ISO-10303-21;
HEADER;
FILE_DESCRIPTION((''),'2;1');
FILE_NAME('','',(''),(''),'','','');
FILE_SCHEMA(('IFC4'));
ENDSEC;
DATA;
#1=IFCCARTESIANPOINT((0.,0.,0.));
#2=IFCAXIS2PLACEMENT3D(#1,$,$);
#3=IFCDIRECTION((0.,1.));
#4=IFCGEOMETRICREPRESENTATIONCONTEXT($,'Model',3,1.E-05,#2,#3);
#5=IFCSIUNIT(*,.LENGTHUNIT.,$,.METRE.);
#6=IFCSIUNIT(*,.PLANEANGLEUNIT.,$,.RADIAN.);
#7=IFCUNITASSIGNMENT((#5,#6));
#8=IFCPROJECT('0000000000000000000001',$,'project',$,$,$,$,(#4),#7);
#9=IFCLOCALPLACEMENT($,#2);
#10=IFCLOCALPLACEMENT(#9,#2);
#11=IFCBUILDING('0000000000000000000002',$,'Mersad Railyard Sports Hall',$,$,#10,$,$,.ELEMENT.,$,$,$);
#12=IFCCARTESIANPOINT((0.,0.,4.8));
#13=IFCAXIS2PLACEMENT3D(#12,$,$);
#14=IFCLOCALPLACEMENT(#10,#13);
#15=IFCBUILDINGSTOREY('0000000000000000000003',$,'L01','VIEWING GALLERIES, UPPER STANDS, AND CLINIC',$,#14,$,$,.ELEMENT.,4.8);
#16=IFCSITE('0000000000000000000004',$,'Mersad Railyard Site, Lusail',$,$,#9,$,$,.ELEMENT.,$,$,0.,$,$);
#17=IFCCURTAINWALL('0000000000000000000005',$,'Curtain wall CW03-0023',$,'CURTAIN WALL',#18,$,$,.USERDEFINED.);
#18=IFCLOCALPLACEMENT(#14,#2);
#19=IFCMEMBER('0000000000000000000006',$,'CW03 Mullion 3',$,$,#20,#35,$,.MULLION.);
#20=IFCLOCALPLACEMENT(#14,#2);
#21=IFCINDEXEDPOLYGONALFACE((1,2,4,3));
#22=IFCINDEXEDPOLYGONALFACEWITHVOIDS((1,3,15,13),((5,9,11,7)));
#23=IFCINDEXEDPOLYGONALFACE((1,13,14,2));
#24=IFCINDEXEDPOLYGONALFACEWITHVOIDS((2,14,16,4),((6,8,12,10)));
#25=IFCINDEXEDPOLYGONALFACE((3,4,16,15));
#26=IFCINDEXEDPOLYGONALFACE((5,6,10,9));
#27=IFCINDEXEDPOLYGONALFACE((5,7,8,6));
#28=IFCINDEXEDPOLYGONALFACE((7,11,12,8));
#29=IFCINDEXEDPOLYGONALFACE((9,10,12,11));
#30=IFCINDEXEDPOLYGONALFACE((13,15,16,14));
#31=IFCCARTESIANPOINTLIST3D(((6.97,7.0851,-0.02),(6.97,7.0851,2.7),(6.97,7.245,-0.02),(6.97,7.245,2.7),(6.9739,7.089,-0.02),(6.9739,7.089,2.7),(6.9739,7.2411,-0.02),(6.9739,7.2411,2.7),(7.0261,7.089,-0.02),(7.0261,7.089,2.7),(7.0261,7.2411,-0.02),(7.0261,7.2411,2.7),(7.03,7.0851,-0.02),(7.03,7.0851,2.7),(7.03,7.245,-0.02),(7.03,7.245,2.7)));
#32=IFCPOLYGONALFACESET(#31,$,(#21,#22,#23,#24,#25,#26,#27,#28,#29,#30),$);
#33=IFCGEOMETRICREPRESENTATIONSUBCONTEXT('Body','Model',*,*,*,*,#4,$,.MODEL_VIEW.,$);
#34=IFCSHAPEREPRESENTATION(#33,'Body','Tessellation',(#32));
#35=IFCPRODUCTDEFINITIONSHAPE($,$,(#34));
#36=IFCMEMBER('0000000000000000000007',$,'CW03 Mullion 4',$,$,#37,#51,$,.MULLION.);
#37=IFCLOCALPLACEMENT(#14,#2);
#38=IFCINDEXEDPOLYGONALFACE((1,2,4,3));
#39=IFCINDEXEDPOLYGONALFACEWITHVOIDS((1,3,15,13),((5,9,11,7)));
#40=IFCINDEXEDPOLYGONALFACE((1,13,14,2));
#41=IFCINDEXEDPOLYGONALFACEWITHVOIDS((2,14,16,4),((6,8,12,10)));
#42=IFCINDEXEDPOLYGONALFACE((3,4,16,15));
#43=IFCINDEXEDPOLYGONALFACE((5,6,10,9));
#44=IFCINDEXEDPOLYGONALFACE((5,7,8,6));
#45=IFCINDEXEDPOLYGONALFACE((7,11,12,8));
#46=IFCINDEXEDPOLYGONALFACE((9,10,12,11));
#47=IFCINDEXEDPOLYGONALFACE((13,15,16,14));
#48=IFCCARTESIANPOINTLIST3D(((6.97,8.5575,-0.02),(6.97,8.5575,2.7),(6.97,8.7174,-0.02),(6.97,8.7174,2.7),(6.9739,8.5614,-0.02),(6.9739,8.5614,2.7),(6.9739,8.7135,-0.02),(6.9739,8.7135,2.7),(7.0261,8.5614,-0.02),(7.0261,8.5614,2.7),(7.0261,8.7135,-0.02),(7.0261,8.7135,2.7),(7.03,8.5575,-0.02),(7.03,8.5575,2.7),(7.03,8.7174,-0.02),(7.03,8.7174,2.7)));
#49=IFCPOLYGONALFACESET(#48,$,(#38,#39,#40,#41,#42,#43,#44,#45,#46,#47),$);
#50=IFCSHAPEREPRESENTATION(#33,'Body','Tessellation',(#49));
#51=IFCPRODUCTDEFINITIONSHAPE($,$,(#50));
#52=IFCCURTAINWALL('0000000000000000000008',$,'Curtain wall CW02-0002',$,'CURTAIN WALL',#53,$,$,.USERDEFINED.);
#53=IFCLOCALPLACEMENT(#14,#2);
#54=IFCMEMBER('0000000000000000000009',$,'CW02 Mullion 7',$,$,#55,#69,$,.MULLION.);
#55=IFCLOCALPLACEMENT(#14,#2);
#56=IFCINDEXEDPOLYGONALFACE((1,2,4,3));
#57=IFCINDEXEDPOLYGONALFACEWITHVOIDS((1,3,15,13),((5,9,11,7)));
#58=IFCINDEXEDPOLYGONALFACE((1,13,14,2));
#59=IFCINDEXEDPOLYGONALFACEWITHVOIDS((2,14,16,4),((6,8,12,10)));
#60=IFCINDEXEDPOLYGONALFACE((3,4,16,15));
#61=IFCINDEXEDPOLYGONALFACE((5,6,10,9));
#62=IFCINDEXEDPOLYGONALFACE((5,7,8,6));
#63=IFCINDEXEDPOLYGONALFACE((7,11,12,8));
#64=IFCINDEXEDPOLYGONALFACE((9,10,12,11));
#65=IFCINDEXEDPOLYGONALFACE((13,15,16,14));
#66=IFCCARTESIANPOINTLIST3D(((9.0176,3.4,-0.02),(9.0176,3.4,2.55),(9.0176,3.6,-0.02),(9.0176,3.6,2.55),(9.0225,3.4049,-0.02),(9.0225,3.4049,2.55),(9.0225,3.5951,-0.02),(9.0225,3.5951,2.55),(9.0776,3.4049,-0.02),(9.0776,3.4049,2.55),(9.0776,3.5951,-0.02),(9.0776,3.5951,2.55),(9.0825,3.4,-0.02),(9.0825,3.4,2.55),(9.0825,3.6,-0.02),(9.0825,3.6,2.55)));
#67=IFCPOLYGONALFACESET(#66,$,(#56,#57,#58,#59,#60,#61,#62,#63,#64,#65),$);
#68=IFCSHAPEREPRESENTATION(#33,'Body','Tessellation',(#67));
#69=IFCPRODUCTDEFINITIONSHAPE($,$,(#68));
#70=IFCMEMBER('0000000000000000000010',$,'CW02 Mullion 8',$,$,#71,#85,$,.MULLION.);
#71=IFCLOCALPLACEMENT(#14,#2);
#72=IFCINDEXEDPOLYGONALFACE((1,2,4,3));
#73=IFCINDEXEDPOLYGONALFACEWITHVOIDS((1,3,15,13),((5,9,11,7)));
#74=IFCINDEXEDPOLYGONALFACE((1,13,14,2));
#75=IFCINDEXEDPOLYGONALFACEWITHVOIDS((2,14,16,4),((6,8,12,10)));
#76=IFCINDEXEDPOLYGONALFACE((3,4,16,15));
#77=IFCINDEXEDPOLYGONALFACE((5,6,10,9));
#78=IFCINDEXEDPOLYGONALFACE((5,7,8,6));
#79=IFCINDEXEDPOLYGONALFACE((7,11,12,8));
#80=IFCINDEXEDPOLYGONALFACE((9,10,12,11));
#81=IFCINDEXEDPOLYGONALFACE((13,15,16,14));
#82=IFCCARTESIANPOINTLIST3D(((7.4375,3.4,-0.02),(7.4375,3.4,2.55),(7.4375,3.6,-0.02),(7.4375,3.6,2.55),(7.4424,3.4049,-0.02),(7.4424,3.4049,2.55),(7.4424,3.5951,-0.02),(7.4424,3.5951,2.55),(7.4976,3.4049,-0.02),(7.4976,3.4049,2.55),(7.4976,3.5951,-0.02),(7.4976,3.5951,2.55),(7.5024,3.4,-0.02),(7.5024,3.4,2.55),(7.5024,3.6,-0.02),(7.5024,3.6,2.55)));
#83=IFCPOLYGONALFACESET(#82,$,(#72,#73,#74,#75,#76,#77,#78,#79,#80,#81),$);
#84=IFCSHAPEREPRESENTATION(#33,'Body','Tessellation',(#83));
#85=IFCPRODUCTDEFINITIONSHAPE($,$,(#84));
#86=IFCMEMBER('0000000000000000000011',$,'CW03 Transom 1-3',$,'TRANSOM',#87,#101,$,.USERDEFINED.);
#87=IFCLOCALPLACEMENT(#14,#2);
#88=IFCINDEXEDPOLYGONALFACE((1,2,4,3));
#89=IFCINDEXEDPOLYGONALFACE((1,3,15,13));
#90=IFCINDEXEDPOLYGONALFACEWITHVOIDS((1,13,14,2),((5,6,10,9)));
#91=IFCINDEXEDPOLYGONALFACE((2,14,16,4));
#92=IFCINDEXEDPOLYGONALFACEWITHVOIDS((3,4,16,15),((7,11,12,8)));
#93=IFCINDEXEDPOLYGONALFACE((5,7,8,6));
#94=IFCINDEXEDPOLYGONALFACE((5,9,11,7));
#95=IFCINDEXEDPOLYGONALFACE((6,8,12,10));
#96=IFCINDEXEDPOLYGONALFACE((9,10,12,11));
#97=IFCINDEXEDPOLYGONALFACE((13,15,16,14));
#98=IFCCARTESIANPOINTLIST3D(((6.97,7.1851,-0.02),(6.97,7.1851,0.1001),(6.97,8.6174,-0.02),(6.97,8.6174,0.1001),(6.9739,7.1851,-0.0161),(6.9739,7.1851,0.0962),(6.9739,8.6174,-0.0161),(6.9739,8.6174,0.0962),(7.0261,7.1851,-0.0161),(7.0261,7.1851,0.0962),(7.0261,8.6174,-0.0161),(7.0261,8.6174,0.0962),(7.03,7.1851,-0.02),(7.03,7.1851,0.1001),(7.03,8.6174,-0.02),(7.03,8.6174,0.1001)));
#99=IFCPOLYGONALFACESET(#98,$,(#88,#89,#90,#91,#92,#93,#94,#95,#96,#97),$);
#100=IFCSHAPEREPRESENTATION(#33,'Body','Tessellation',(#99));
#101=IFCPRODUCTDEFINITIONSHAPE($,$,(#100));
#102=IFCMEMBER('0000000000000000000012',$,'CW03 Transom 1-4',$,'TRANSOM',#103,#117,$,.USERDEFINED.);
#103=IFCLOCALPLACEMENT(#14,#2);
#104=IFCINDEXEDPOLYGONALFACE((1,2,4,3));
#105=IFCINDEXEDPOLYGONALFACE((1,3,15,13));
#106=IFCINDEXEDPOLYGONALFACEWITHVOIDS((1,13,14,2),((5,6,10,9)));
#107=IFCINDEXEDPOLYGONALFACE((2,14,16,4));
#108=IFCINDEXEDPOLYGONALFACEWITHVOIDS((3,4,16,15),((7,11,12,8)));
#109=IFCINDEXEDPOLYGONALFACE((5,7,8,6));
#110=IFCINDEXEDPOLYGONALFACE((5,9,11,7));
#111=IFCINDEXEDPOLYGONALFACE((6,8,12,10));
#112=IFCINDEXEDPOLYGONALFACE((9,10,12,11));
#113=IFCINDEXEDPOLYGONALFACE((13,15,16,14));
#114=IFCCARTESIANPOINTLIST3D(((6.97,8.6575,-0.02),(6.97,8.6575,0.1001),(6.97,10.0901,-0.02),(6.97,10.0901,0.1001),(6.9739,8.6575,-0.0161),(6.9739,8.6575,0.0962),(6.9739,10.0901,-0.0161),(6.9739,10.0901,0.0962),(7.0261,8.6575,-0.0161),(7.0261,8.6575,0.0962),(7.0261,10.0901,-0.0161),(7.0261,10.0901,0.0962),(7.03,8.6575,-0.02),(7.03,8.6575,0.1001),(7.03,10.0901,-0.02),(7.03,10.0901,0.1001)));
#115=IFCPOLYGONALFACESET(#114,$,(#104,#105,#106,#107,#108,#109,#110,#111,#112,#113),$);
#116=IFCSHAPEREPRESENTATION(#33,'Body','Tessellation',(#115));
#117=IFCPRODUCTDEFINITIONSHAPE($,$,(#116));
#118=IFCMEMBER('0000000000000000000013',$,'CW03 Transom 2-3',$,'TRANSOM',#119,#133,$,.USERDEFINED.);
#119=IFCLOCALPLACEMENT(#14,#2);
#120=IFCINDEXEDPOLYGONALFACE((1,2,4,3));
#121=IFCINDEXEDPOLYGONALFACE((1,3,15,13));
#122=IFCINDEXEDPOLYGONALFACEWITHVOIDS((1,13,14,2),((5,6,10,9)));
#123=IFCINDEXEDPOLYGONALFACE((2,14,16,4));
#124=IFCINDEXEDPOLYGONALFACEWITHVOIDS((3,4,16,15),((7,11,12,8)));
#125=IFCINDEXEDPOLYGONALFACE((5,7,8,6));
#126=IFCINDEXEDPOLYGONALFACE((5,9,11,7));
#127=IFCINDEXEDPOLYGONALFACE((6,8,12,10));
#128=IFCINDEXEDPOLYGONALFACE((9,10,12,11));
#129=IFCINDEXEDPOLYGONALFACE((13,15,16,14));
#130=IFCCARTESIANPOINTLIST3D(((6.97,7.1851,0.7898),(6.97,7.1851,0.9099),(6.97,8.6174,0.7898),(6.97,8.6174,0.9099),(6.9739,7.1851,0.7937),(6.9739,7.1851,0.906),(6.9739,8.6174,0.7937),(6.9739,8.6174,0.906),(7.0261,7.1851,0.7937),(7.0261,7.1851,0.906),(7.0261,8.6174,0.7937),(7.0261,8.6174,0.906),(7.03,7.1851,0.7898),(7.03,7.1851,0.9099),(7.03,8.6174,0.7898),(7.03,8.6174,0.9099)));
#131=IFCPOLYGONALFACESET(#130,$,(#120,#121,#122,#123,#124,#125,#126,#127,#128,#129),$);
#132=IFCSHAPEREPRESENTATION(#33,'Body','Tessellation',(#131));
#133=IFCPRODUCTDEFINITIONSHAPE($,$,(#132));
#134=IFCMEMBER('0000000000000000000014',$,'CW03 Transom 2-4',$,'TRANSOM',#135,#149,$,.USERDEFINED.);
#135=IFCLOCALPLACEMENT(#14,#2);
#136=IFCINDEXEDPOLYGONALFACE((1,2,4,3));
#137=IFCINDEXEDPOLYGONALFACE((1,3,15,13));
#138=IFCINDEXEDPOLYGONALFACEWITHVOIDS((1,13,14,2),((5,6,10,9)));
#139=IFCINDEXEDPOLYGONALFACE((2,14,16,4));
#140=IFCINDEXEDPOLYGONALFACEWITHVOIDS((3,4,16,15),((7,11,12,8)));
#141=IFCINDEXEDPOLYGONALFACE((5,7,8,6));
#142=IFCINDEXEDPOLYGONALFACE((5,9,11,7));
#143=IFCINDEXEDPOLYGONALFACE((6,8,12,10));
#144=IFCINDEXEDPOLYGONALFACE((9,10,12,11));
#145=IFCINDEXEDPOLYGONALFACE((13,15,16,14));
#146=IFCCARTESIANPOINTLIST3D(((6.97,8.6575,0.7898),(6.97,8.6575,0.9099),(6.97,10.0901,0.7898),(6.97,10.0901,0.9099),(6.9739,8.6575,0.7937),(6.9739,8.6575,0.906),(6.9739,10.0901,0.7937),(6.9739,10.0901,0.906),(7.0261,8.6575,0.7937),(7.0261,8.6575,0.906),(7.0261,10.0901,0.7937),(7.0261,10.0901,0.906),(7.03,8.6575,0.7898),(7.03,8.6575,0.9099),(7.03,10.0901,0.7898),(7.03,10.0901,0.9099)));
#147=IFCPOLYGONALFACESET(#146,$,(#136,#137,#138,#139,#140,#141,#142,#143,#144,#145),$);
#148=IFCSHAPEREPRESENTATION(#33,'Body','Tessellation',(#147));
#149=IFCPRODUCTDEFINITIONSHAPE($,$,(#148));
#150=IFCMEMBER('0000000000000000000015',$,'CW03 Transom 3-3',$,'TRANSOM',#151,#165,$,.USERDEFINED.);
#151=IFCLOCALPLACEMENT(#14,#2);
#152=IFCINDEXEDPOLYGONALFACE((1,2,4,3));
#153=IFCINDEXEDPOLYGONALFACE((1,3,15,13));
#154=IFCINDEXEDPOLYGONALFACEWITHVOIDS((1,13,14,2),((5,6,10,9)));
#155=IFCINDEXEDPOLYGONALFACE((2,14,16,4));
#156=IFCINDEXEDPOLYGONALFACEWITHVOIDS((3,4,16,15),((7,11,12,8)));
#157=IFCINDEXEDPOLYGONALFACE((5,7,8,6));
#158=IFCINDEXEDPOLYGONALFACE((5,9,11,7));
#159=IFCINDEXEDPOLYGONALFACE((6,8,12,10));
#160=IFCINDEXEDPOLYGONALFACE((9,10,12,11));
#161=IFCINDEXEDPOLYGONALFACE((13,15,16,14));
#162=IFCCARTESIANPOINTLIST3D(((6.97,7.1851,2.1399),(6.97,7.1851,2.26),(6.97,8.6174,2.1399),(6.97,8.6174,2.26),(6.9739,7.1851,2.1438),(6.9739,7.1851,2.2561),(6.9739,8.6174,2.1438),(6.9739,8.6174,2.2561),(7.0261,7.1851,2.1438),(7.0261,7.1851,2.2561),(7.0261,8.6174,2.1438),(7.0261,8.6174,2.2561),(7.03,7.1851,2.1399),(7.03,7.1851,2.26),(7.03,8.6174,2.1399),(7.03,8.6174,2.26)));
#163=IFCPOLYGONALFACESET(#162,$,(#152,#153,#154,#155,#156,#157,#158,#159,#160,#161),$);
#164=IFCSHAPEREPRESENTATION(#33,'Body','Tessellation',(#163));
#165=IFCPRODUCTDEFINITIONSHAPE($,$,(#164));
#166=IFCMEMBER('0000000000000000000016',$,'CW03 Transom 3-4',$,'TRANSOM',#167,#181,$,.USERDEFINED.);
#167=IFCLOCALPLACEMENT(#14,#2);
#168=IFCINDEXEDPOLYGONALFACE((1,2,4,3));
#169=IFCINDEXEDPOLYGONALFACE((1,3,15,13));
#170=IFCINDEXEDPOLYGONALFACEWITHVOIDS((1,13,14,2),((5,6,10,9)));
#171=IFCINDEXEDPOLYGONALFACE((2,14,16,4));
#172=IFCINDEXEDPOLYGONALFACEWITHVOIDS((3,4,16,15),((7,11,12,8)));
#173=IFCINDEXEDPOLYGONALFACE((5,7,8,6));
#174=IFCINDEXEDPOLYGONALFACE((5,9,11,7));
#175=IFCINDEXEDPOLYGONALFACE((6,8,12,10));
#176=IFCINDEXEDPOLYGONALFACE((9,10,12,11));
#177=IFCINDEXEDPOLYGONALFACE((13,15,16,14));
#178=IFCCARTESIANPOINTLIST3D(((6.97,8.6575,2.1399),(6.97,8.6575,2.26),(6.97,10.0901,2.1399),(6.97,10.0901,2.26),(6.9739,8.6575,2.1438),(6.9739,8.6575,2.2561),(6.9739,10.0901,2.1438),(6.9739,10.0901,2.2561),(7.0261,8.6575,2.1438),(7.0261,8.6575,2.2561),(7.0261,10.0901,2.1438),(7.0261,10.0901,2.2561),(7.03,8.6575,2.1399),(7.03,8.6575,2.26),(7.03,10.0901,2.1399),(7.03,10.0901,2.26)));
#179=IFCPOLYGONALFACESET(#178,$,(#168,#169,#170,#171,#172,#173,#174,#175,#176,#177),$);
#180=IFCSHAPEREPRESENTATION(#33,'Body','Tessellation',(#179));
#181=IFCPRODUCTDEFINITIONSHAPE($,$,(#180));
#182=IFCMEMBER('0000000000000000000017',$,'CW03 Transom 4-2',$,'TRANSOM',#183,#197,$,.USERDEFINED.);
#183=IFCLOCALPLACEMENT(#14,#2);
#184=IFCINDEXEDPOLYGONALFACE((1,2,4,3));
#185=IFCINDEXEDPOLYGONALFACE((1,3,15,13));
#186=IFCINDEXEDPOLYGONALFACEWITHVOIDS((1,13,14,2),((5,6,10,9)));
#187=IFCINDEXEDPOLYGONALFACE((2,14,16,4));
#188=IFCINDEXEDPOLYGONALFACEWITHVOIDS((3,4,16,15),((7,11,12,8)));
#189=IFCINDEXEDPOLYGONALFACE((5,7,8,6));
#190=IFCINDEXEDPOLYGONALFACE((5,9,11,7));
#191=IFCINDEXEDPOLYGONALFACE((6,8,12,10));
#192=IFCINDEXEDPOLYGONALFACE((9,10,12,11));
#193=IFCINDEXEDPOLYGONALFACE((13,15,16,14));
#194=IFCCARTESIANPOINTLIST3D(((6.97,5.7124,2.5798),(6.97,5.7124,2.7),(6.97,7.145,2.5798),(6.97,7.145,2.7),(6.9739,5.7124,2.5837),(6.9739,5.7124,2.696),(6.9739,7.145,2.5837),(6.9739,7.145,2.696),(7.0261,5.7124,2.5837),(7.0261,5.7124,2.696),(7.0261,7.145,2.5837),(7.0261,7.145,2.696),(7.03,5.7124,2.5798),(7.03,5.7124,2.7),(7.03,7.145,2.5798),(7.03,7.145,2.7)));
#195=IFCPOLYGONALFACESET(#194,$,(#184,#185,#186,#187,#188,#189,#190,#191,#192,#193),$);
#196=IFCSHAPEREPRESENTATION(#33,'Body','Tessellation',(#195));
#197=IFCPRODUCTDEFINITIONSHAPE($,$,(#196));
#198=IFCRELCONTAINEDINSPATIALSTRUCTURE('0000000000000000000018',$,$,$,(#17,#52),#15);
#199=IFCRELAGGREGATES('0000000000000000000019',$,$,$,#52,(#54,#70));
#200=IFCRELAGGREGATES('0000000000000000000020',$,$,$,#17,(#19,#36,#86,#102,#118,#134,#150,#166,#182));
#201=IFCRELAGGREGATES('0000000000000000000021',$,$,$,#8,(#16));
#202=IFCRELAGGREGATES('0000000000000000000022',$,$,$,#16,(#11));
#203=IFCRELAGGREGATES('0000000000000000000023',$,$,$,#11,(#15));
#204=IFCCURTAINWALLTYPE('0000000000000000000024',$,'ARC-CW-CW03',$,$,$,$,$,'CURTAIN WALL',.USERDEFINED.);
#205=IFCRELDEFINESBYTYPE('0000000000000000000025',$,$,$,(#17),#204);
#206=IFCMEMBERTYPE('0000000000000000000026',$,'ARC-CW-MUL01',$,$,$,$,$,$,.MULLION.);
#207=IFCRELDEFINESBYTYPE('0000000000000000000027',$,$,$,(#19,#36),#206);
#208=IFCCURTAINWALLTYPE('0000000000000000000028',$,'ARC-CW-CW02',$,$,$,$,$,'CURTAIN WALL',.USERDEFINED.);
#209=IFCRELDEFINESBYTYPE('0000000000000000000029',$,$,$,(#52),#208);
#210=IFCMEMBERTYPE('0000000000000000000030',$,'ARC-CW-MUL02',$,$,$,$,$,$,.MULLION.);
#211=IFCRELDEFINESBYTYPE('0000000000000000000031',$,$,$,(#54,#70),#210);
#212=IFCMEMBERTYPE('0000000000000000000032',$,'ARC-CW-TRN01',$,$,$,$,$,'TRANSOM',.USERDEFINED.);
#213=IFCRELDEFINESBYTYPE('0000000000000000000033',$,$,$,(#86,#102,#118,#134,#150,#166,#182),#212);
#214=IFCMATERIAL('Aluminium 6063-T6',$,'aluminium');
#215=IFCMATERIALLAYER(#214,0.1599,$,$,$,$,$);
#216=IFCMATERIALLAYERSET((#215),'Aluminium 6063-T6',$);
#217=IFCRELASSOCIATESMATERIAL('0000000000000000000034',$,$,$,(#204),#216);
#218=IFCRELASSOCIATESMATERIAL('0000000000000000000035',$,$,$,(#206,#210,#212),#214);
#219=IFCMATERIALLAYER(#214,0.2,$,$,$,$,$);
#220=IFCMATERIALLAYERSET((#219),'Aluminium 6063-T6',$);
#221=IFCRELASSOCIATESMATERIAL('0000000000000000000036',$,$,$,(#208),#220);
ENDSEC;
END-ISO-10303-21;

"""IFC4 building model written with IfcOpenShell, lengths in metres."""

from ifc_helpers import new_model, si_unit, direction, frame, origin, origin_2d, place, context, subcontext, project, spatial, hollow_rectangle, extrude, material, layer, layer_set, material_profile, profile_set, type_object, element, aggregate, save


model = new_model("IFC4")

# Units and contexts
model_context = context("Model", 3, precision=1e-05, world=origin(), true_north=direction((0.0, 1.0)))
body_context = subcontext(model_context, "Body", "Model", "MODEL_VIEW")
ifc_project = project(units=[si_unit("LENGTHUNIT", "METRE"), si_unit("PLANEANGLEUNIT", "RADIAN")], contexts=[model_context])

# Site, building, storey
site_placement = place(None, origin())
site = spatial("IfcSite", under=ifc_project, at=site_placement, Name="Mersad Railyard Site, Lusail", CompositionType="ELEMENT", RefElevation=0.0)
building_placement = place(site_placement, origin())
building = spatial("IfcBuilding", under=site, at=building_placement, Name="Mersad Railyard Sports Hall", CompositionType="ELEMENT")
storey_placement = place(building_placement, frame((0.0, 0.0, 4.8)))
storey = spatial("IfcBuildingStorey", under=building, at=storey_placement, Name="L01", Description="VIEWING GALLERIES, UPPER STANDS, AND CLINIC", CompositionType="ELEMENT", Elevation=4.8)

# Curtain walls, members
ifc_material_1 = material(Name="Aluminium 6063-T6", Category="aluminium")
ifc_layer_1 = layer(ifc_material_1, 0.1599)
ifc_layer_set_1 = layer_set([ifc_layer_1], Name="Aluminium 6063-T6")
curtain_wall_type_1 = type_object("IfcCurtainWallType", Name="ARC-CW-CW03", ElementType="CURTAIN WALL", PredefinedType="USERDEFINED", material=ifc_layer_set_1)
curtain_wall_1_placement = place(storey_placement, origin())
curtain_wall_1 = element("IfcCurtainWall", 1, at=curtain_wall_1_placement, inside=storey, type_object=curtain_wall_type_1, Name="Curtain wall CW03-0023", ObjectType="CURTAIN WALL", PredefinedType="USERDEFINED")
ifc_material_profile_1 = material_profile(ifc_material_1, hollow_rectangle(XDim=0.0601, YDim=0.1599, WallThickness=0.0039, at=origin_2d()), Name="AL MULLION 60x160x4")
ifc_profile_set_1 = profile_set([ifc_material_profile_1], Name="Aluminium 6063-T6")
member_type_1 = type_object("IfcMemberType", Name="ARC-CW-MUL01", PredefinedType="MULLION", material=ifc_profile_set_1)
member_1_placement = place(storey_placement, frame((7.0, 7.165, -0.02), z_axis=(0.0, 0.0, 1.0), x_axis=(1.0, 0.0, 0.0)))
member_1 = element("IfcMember", 2, at=member_1_placement, type_object=member_type_1, Name="CW03 Mullion 3", PredefinedType="MULLION", context=body_context, shape_type="SweptSolid", body=[
    extrude(hollow_rectangle(XDim=0.0601, YDim=0.1599, WallThickness=0.0039, at=origin_2d()), origin(), (0.0, 0.0, 1.0), 2.72),
])
member_2_placement = place(storey_placement, frame((7.0, 8.6375, -0.02), z_axis=(0.0, 0.0, 1.0), x_axis=(1.0, 0.0, 0.0)))
member_2 = element("IfcMember", 3, at=member_2_placement, type_object=member_type_1, Name="CW03 Mullion 4", PredefinedType="MULLION", context=body_context, shape_type="SweptSolid", body=[
    extrude(hollow_rectangle(XDim=0.0601, YDim=0.1599, WallThickness=0.0039, at=origin_2d()), origin(), (0.0, 0.0, 1.0), 2.72),
])
ifc_layer_2 = layer(ifc_material_1, 0.2)
ifc_layer_set_2 = layer_set([ifc_layer_2], Name="Aluminium 6063-T6")
curtain_wall_type_2 = type_object("IfcCurtainWallType", Name="ARC-CW-CW02", ElementType="CURTAIN WALL", PredefinedType="USERDEFINED", material=ifc_layer_set_2)
curtain_wall_2_placement = place(storey_placement, origin())
curtain_wall_2 = element("IfcCurtainWall", 4, at=curtain_wall_2_placement, inside=storey, type_object=curtain_wall_type_2, Name="Curtain wall CW02-0002", ObjectType="CURTAIN WALL", PredefinedType="USERDEFINED")
ifc_material_profile_2 = material_profile(ifc_material_1, hollow_rectangle(XDim=0.0649, YDim=0.2, WallThickness=0.0049, at=origin_2d()), Name="AL MULLION 65x200x5")
ifc_profile_set_2 = profile_set([ifc_material_profile_2], Name="Aluminium 6063-T6")
member_type_2 = type_object("IfcMemberType", Name="ARC-CW-MUL02", PredefinedType="MULLION", material=ifc_profile_set_2)
member_3_placement = place(storey_placement, frame((9.05, 3.5, -0.02), z_axis=(0.0, 0.0, 1.0), x_axis=(1.0, 0.0, 0.0)))
member_3 = element("IfcMember", 5, at=member_3_placement, type_object=member_type_2, Name="CW02 Mullion 7", PredefinedType="MULLION", context=body_context, shape_type="SweptSolid", body=[
    extrude(hollow_rectangle(XDim=0.0649, YDim=0.2, WallThickness=0.0049, at=origin_2d()), origin(), (0.0, 0.0, 1.0), 2.5701),
])
member_4_placement = place(storey_placement, frame((7.47, 3.5, -0.02), z_axis=(0.0, 0.0, 1.0), x_axis=(1.0, 0.0, 0.0)))
member_4 = element("IfcMember", 6, at=member_4_placement, type_object=member_type_2, Name="CW02 Mullion 8", PredefinedType="MULLION", context=body_context, shape_type="SweptSolid", body=[
    extrude(hollow_rectangle(XDim=0.0649, YDim=0.2, WallThickness=0.0049, at=origin_2d()), origin(), (0.0, 0.0, 1.0), 2.5701),
])

# Members
ifc_material_profile_3 = material_profile(ifc_material_1, hollow_rectangle(XDim=0.0601, YDim=0.1201, WallThickness=0.0039, at=origin_2d()), Name="AL TRANSOM 60x120x4")
ifc_profile_set_3 = profile_set([ifc_material_profile_3], Name="Aluminium 6063-T6")
member_type_3 = type_object("IfcMemberType", Name="ARC-CW-TRN01", ElementType="TRANSOM", PredefinedType="USERDEFINED", material=ifc_profile_set_3)
member_5_placement = place(storey_placement, frame((7.0, 7.1851, 0.04), z_axis=(0.0, 1.0, 0.0), x_axis=(-1.0, 0.0, 0.0)))
member_5 = element("IfcMember", 7, at=member_5_placement, type_object=member_type_3, Name="CW03 Transom 1-3", ObjectType="TRANSOM", PredefinedType="USERDEFINED", context=body_context, shape_type="SweptSolid", body=[
    extrude(hollow_rectangle(XDim=0.0601, YDim=0.1201, WallThickness=0.0039, at=origin_2d()), origin(), (0.0, 0.0, 1.0), 1.4324),
])
member_6_placement = place(storey_placement, frame((7.0, 8.6575, 0.04), z_axis=(0.0, 1.0, 0.0), x_axis=(-1.0, 0.0, 0.0)))
member_6 = element("IfcMember", 8, at=member_6_placement, type_object=member_type_3, Name="CW03 Transom 1-4", ObjectType="TRANSOM", PredefinedType="USERDEFINED", context=body_context, shape_type="SweptSolid", body=[
    extrude(hollow_rectangle(XDim=0.0601, YDim=0.1201, WallThickness=0.0039, at=origin_2d()), origin(), (0.0, 0.0, 1.0), 1.4326),
])
member_7_placement = place(storey_placement, frame((7.0, 7.1851, 0.8499), z_axis=(0.0, 1.0, 0.0), x_axis=(-1.0, 0.0, 0.0)))
member_7 = element("IfcMember", 9, at=member_7_placement, type_object=member_type_3, Name="CW03 Transom 2-3", ObjectType="TRANSOM", PredefinedType="USERDEFINED", context=body_context, shape_type="SweptSolid", body=[
    extrude(hollow_rectangle(XDim=0.0601, YDim=0.1201, WallThickness=0.0039, at=origin_2d()), origin(), (0.0, 0.0, 1.0), 1.4324),
])
member_8_placement = place(storey_placement, frame((7.0, 8.6575, 0.8499), z_axis=(0.0, 1.0, 0.0), x_axis=(-1.0, 0.0, 0.0)))
member_8 = element("IfcMember", 10, at=member_8_placement, type_object=member_type_3, Name="CW03 Transom 2-4", ObjectType="TRANSOM", PredefinedType="USERDEFINED", context=body_context, shape_type="SweptSolid", body=[
    extrude(hollow_rectangle(XDim=0.0601, YDim=0.1201, WallThickness=0.0039, at=origin_2d()), origin(), (0.0, 0.0, 1.0), 1.4326),
])
member_9_placement = place(storey_placement, frame((7.0, 7.1851, 2.2), z_axis=(0.0, 1.0, 0.0), x_axis=(-1.0, 0.0, 0.0)))
member_9 = element("IfcMember", 11, at=member_9_placement, type_object=member_type_3, Name="CW03 Transom 3-3", ObjectType="TRANSOM", PredefinedType="USERDEFINED", context=body_context, shape_type="SweptSolid", body=[
    extrude(hollow_rectangle(XDim=0.0601, YDim=0.1201, WallThickness=0.0039, at=origin_2d()), origin(), (0.0, 0.0, 1.0), 1.4324),
])
member_10_placement = place(storey_placement, frame((7.0, 8.6575, 2.2), z_axis=(0.0, 1.0, 0.0), x_axis=(-1.0, 0.0, 0.0)))
member_10 = element("IfcMember", 12, at=member_10_placement, type_object=member_type_3, Name="CW03 Transom 3-4", ObjectType="TRANSOM", PredefinedType="USERDEFINED", context=body_context, shape_type="SweptSolid", body=[
    extrude(hollow_rectangle(XDim=0.0601, YDim=0.1201, WallThickness=0.0039, at=origin_2d()), origin(), (0.0, 0.0, 1.0), 1.4326),
])
member_11_placement = place(storey_placement, frame((7.0, 5.7124, 2.6399), z_axis=(0.0, 1.0, 0.0), x_axis=(-1.0, 0.0, 0.0)))
member_11 = element("IfcMember", 13, at=member_11_placement, type_object=member_type_3, Name="CW03 Transom 4-2", ObjectType="TRANSOM", PredefinedType="USERDEFINED", context=body_context, shape_type="SweptSolid", body=[
    extrude(hollow_rectangle(XDim=0.0601, YDim=0.1201, WallThickness=0.0039, at=origin_2d()), origin(), (0.0, 0.0, 1.0), 1.4326),
])

aggregate(curtain_wall_2, [member_3, member_4])
aggregate(curtain_wall_1, [member_1, member_2, member_5, member_6, member_7, member_8, member_9, member_10, member_11])

save(model, "model.ifc")
